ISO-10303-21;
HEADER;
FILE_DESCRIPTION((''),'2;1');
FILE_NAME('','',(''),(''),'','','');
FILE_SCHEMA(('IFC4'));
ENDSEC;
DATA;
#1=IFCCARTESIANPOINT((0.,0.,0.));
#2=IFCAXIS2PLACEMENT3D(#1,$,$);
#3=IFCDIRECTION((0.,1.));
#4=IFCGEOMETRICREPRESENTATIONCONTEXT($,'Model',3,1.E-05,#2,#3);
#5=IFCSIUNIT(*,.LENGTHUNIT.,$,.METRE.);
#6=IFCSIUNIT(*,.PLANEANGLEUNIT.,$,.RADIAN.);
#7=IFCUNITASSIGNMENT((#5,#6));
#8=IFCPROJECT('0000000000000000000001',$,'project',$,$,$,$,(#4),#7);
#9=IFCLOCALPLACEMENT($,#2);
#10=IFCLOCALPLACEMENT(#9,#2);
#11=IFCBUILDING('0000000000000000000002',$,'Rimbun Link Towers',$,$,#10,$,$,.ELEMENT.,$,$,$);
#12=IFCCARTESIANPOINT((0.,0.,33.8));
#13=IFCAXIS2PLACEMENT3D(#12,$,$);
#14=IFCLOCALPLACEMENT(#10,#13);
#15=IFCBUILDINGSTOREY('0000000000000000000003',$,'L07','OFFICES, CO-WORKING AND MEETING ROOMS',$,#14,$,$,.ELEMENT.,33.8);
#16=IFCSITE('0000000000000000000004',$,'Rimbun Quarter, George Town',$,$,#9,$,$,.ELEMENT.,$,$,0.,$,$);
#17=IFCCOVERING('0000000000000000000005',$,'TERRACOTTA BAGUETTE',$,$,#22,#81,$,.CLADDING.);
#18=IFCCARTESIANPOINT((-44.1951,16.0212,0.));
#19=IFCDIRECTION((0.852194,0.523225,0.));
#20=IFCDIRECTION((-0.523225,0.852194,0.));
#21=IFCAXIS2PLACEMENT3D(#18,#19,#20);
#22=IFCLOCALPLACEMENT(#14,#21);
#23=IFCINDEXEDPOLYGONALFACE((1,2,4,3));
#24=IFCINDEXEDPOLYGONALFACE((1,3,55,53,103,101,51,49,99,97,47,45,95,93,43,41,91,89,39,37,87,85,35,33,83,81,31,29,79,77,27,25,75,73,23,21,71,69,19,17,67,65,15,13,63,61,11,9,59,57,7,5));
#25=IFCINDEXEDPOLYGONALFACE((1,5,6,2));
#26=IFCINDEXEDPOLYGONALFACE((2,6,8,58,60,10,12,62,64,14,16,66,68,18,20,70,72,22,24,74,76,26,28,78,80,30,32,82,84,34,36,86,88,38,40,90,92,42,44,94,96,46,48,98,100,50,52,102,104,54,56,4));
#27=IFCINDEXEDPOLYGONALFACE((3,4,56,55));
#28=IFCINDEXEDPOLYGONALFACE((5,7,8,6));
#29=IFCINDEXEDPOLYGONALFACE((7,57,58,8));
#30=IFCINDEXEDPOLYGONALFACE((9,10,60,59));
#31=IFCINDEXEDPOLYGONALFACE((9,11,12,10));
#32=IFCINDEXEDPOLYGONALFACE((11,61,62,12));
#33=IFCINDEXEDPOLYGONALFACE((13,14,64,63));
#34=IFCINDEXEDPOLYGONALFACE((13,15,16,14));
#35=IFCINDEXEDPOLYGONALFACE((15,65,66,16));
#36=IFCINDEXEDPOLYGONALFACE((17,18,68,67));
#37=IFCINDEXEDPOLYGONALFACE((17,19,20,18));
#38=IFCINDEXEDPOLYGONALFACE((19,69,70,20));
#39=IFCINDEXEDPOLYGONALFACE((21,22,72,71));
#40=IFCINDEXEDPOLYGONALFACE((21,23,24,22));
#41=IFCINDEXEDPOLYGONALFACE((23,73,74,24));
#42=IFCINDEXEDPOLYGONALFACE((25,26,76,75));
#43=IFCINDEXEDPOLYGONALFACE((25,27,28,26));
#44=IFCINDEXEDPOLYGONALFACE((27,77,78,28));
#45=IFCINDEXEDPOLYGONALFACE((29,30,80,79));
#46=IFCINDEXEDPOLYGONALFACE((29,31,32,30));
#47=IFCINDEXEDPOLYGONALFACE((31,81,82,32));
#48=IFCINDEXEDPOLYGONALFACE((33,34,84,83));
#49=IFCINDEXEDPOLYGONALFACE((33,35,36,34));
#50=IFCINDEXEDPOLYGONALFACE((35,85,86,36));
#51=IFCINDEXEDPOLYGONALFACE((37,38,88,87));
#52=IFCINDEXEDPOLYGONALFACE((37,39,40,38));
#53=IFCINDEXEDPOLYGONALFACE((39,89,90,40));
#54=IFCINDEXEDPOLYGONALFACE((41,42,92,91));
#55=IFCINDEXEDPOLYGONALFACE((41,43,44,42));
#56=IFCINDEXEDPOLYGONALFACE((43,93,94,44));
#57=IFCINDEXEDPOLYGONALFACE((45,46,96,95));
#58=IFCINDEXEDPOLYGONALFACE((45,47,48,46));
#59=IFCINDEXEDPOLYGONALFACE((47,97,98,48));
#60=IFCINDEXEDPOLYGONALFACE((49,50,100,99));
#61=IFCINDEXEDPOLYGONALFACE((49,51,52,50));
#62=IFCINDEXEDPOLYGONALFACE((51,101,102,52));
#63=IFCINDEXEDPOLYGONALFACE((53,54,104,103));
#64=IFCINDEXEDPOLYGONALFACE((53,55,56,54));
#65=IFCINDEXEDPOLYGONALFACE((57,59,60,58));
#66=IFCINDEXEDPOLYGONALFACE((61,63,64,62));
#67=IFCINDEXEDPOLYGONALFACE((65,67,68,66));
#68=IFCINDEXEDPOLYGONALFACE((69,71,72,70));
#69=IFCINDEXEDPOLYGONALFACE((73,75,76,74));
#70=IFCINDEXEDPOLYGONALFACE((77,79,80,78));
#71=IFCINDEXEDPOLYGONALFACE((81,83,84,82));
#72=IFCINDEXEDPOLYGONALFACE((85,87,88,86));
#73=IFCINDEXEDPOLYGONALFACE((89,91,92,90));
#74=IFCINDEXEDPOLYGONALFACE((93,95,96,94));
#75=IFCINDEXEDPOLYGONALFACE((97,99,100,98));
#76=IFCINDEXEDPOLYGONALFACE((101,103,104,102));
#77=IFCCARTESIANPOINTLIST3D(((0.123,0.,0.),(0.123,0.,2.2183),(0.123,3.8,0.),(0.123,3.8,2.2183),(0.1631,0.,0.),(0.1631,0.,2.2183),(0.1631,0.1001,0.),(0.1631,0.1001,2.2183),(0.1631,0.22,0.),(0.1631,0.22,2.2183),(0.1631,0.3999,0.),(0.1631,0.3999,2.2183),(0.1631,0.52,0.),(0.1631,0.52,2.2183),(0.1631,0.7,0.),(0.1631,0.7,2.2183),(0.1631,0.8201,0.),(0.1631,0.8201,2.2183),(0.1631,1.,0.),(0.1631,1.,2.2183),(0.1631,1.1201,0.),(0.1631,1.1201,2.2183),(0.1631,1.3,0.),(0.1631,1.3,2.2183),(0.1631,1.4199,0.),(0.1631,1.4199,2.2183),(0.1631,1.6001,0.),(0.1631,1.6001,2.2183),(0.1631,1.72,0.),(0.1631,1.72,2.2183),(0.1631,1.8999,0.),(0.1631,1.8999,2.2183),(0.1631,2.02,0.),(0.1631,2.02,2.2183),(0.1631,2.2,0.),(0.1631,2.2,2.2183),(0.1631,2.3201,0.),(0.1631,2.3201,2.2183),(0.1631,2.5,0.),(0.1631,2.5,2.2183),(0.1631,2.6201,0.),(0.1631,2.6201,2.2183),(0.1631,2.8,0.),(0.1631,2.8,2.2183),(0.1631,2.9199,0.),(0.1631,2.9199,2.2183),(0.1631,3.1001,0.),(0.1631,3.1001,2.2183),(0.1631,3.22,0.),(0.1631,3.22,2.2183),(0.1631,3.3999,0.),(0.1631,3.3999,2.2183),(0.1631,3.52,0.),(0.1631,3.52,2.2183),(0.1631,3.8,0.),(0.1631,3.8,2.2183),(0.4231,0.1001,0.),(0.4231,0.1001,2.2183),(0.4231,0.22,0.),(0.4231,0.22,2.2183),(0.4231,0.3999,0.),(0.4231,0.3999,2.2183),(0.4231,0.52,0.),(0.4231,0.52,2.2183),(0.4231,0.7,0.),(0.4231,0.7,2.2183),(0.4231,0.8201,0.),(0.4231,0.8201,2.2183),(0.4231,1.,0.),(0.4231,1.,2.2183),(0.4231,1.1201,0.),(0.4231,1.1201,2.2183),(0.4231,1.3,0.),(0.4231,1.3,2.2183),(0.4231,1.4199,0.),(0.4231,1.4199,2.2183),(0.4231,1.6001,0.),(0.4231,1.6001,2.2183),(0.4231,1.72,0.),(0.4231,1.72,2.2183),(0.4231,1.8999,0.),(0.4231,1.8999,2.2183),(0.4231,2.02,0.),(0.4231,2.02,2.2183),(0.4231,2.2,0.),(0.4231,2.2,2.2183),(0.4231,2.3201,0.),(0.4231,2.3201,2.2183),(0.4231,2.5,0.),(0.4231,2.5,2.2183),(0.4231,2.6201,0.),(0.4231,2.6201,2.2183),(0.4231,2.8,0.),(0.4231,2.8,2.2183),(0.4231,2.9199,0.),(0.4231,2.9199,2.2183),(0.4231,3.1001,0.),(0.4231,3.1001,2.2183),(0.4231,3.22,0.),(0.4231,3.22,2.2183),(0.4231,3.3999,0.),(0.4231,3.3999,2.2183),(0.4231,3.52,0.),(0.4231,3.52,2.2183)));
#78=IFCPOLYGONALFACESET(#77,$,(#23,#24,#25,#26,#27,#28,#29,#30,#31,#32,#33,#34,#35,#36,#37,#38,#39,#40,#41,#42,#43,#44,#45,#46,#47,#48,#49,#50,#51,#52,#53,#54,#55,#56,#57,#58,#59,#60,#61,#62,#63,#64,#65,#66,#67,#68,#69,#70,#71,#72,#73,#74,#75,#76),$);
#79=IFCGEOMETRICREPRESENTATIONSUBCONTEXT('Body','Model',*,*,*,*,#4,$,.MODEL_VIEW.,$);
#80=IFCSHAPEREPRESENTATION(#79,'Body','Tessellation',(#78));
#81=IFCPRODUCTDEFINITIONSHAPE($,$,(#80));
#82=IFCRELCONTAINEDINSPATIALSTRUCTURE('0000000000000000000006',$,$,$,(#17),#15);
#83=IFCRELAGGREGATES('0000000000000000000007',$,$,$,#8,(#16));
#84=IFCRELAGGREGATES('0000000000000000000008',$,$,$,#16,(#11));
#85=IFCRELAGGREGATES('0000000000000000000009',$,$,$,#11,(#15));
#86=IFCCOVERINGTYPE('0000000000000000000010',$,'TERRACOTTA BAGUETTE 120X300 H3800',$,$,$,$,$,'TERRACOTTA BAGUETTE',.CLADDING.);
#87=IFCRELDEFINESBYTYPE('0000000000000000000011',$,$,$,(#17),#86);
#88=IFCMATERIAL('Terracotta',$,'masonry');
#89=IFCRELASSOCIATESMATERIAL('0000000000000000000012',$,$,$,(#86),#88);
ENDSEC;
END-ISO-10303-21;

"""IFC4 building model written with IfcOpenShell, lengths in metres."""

from ifc_helpers import new_model, si_unit, direction, frame, origin, place, context, subcontext, project, spatial, polyline, outline, extrude, material, material_profile, profile_set, type_object, element, save


model = new_model("IFC4")

# Units and contexts
model_context = context("Model", 3, precision=1e-05, world=origin(), true_north=direction((0.0, 1.0)))
body_context = subcontext(model_context, "Body", "Model", "MODEL_VIEW")
ifc_project = project(units=[si_unit("LENGTHUNIT", "METRE"), si_unit("PLANEANGLEUNIT", "RADIAN")], contexts=[model_context])

# Site, building, storey
site_placement = place(None, origin())
site = spatial("IfcSite", under=ifc_project, at=site_placement, Name="Rimbun Quarter, George Town", CompositionType="ELEMENT", RefElevation=0.0)
building_placement = place(site_placement, origin())
building = spatial("IfcBuilding", under=site, at=building_placement, Name="Rimbun Link Towers", CompositionType="ELEMENT")
storey_placement = place(building_placement, frame((0.0, 0.0, 33.8)))
storey = spatial("IfcBuildingStorey", under=building, at=storey_placement, Name="L07", Description="OFFICES, CO-WORKING AND MEETING ROOMS", CompositionType="ELEMENT", Elevation=33.8)

# Covering
ifc_material_1 = material(Name="Terracotta", Category="masonry")
ifc_material_profile_1 = material_profile(ifc_material_1, outline(polyline([(0.123, 0.0), (0.1631, 0.0), (0.1631, 0.1001), (0.4231, 0.1001), (0.4231, 0.22), (0.1631, 0.22), (0.1631, 0.3999), (0.4231, 0.3999), (0.4231, 0.52), (0.1631, 0.52), (0.1631, 0.7), (0.4231, 0.7), (0.4231, 0.8201), (0.1631, 0.8201), (0.1631, 1.0), (0.4231, 1.0), (0.4231, 1.1201), (0.1631, 1.1201), (0.1631, 1.3), (0.4231, 1.3), (0.4231, 1.4199), (0.1631, 1.4199), (0.1631, 1.6001), (0.4231, 1.6001), (0.4231, 1.72), (0.1631, 1.72), (0.1631, 1.8999), (0.4231, 1.8999), (0.4231, 2.02), (0.1631, 2.02), (0.1631, 2.2), (0.4231, 2.2), (0.4231, 2.3201), (0.1631, 2.3201), (0.1631, 2.5), (0.4231, 2.5), (0.4231, 2.6201), (0.1631, 2.6201), (0.1631, 2.8), (0.4231, 2.8), (0.4231, 2.9199), (0.1631, 2.9199), (0.1631, 3.1001), (0.4231, 3.1001), (0.4231, 3.22), (0.1631, 3.22), (0.1631, 3.3999), (0.4231, 3.3999), (0.4231, 3.52), (0.1631, 3.52), (0.1631, 3.8), (0.123, 3.8), (0.123, 0.0)])), Name="BAGUETTE 120X300")
ifc_profile_set_1 = profile_set([ifc_material_profile_1], Name="Terracotta")
covering_type = type_object("IfcCoveringType", Name="TERRACOTTA BAGUETTE 120X300 H3800", ElementType="TERRACOTTA BAGUETTE", PredefinedType="CLADDING", material=ifc_profile_set_1)
covering_1_placement = place(storey_placement, frame((-44.1951, 16.0212, 0.0), z_axis=(0.852194, 0.523225, 0.0), x_axis=(-0.523225, 0.852194, 0.0)))
element("IfcCovering", 1, at=covering_1_placement, inside=storey, type_object=covering_type, Name="TERRACOTTA BAGUETTE", PredefinedType="CLADDING", context=body_context, shape_type="SweptSolid", body=[
    extrude(outline(polyline([(0.123, 0.0), (0.1631, 0.0), (0.1631, 0.1001), (0.4231, 0.1001), (0.4231, 0.22), (0.1631, 0.22), (0.1631, 0.3999), (0.4231, 0.3999), (0.4231, 0.52), (0.1631, 0.52), (0.1631, 0.7), (0.4231, 0.7), (0.4231, 0.8201), (0.1631, 0.8201), (0.1631, 1.0), (0.4231, 1.0), (0.4231, 1.1201), (0.1631, 1.1201), (0.1631, 1.3), (0.4231, 1.3), (0.4231, 1.4199), (0.1631, 1.4199), (0.1631, 1.6001), (0.4231, 1.6001), (0.4231, 1.72), (0.1631, 1.72), (0.1631, 1.8999), (0.4231, 1.8999), (0.4231, 2.02), (0.1631, 2.02), (0.1631, 2.2), (0.4231, 2.2), (0.4231, 2.3201), (0.1631, 2.3201), (0.1631, 2.5), (0.4231, 2.5), (0.4231, 2.6201), (0.1631, 2.6201), (0.1631, 2.8), (0.4231, 2.8), (0.4231, 2.9199), (0.1631, 2.9199), (0.1631, 3.1001), (0.4231, 3.1001), (0.4231, 3.22), (0.1631, 3.22), (0.1631, 3.3999), (0.4231, 3.3999), (0.4231, 3.52), (0.1631, 3.52), (0.1631, 3.8), (0.123, 3.8), (0.123, 0.0)])), origin(), (0.0, 0.0, 1.0), 2.2183),
])

save(model, "model.ifc")
